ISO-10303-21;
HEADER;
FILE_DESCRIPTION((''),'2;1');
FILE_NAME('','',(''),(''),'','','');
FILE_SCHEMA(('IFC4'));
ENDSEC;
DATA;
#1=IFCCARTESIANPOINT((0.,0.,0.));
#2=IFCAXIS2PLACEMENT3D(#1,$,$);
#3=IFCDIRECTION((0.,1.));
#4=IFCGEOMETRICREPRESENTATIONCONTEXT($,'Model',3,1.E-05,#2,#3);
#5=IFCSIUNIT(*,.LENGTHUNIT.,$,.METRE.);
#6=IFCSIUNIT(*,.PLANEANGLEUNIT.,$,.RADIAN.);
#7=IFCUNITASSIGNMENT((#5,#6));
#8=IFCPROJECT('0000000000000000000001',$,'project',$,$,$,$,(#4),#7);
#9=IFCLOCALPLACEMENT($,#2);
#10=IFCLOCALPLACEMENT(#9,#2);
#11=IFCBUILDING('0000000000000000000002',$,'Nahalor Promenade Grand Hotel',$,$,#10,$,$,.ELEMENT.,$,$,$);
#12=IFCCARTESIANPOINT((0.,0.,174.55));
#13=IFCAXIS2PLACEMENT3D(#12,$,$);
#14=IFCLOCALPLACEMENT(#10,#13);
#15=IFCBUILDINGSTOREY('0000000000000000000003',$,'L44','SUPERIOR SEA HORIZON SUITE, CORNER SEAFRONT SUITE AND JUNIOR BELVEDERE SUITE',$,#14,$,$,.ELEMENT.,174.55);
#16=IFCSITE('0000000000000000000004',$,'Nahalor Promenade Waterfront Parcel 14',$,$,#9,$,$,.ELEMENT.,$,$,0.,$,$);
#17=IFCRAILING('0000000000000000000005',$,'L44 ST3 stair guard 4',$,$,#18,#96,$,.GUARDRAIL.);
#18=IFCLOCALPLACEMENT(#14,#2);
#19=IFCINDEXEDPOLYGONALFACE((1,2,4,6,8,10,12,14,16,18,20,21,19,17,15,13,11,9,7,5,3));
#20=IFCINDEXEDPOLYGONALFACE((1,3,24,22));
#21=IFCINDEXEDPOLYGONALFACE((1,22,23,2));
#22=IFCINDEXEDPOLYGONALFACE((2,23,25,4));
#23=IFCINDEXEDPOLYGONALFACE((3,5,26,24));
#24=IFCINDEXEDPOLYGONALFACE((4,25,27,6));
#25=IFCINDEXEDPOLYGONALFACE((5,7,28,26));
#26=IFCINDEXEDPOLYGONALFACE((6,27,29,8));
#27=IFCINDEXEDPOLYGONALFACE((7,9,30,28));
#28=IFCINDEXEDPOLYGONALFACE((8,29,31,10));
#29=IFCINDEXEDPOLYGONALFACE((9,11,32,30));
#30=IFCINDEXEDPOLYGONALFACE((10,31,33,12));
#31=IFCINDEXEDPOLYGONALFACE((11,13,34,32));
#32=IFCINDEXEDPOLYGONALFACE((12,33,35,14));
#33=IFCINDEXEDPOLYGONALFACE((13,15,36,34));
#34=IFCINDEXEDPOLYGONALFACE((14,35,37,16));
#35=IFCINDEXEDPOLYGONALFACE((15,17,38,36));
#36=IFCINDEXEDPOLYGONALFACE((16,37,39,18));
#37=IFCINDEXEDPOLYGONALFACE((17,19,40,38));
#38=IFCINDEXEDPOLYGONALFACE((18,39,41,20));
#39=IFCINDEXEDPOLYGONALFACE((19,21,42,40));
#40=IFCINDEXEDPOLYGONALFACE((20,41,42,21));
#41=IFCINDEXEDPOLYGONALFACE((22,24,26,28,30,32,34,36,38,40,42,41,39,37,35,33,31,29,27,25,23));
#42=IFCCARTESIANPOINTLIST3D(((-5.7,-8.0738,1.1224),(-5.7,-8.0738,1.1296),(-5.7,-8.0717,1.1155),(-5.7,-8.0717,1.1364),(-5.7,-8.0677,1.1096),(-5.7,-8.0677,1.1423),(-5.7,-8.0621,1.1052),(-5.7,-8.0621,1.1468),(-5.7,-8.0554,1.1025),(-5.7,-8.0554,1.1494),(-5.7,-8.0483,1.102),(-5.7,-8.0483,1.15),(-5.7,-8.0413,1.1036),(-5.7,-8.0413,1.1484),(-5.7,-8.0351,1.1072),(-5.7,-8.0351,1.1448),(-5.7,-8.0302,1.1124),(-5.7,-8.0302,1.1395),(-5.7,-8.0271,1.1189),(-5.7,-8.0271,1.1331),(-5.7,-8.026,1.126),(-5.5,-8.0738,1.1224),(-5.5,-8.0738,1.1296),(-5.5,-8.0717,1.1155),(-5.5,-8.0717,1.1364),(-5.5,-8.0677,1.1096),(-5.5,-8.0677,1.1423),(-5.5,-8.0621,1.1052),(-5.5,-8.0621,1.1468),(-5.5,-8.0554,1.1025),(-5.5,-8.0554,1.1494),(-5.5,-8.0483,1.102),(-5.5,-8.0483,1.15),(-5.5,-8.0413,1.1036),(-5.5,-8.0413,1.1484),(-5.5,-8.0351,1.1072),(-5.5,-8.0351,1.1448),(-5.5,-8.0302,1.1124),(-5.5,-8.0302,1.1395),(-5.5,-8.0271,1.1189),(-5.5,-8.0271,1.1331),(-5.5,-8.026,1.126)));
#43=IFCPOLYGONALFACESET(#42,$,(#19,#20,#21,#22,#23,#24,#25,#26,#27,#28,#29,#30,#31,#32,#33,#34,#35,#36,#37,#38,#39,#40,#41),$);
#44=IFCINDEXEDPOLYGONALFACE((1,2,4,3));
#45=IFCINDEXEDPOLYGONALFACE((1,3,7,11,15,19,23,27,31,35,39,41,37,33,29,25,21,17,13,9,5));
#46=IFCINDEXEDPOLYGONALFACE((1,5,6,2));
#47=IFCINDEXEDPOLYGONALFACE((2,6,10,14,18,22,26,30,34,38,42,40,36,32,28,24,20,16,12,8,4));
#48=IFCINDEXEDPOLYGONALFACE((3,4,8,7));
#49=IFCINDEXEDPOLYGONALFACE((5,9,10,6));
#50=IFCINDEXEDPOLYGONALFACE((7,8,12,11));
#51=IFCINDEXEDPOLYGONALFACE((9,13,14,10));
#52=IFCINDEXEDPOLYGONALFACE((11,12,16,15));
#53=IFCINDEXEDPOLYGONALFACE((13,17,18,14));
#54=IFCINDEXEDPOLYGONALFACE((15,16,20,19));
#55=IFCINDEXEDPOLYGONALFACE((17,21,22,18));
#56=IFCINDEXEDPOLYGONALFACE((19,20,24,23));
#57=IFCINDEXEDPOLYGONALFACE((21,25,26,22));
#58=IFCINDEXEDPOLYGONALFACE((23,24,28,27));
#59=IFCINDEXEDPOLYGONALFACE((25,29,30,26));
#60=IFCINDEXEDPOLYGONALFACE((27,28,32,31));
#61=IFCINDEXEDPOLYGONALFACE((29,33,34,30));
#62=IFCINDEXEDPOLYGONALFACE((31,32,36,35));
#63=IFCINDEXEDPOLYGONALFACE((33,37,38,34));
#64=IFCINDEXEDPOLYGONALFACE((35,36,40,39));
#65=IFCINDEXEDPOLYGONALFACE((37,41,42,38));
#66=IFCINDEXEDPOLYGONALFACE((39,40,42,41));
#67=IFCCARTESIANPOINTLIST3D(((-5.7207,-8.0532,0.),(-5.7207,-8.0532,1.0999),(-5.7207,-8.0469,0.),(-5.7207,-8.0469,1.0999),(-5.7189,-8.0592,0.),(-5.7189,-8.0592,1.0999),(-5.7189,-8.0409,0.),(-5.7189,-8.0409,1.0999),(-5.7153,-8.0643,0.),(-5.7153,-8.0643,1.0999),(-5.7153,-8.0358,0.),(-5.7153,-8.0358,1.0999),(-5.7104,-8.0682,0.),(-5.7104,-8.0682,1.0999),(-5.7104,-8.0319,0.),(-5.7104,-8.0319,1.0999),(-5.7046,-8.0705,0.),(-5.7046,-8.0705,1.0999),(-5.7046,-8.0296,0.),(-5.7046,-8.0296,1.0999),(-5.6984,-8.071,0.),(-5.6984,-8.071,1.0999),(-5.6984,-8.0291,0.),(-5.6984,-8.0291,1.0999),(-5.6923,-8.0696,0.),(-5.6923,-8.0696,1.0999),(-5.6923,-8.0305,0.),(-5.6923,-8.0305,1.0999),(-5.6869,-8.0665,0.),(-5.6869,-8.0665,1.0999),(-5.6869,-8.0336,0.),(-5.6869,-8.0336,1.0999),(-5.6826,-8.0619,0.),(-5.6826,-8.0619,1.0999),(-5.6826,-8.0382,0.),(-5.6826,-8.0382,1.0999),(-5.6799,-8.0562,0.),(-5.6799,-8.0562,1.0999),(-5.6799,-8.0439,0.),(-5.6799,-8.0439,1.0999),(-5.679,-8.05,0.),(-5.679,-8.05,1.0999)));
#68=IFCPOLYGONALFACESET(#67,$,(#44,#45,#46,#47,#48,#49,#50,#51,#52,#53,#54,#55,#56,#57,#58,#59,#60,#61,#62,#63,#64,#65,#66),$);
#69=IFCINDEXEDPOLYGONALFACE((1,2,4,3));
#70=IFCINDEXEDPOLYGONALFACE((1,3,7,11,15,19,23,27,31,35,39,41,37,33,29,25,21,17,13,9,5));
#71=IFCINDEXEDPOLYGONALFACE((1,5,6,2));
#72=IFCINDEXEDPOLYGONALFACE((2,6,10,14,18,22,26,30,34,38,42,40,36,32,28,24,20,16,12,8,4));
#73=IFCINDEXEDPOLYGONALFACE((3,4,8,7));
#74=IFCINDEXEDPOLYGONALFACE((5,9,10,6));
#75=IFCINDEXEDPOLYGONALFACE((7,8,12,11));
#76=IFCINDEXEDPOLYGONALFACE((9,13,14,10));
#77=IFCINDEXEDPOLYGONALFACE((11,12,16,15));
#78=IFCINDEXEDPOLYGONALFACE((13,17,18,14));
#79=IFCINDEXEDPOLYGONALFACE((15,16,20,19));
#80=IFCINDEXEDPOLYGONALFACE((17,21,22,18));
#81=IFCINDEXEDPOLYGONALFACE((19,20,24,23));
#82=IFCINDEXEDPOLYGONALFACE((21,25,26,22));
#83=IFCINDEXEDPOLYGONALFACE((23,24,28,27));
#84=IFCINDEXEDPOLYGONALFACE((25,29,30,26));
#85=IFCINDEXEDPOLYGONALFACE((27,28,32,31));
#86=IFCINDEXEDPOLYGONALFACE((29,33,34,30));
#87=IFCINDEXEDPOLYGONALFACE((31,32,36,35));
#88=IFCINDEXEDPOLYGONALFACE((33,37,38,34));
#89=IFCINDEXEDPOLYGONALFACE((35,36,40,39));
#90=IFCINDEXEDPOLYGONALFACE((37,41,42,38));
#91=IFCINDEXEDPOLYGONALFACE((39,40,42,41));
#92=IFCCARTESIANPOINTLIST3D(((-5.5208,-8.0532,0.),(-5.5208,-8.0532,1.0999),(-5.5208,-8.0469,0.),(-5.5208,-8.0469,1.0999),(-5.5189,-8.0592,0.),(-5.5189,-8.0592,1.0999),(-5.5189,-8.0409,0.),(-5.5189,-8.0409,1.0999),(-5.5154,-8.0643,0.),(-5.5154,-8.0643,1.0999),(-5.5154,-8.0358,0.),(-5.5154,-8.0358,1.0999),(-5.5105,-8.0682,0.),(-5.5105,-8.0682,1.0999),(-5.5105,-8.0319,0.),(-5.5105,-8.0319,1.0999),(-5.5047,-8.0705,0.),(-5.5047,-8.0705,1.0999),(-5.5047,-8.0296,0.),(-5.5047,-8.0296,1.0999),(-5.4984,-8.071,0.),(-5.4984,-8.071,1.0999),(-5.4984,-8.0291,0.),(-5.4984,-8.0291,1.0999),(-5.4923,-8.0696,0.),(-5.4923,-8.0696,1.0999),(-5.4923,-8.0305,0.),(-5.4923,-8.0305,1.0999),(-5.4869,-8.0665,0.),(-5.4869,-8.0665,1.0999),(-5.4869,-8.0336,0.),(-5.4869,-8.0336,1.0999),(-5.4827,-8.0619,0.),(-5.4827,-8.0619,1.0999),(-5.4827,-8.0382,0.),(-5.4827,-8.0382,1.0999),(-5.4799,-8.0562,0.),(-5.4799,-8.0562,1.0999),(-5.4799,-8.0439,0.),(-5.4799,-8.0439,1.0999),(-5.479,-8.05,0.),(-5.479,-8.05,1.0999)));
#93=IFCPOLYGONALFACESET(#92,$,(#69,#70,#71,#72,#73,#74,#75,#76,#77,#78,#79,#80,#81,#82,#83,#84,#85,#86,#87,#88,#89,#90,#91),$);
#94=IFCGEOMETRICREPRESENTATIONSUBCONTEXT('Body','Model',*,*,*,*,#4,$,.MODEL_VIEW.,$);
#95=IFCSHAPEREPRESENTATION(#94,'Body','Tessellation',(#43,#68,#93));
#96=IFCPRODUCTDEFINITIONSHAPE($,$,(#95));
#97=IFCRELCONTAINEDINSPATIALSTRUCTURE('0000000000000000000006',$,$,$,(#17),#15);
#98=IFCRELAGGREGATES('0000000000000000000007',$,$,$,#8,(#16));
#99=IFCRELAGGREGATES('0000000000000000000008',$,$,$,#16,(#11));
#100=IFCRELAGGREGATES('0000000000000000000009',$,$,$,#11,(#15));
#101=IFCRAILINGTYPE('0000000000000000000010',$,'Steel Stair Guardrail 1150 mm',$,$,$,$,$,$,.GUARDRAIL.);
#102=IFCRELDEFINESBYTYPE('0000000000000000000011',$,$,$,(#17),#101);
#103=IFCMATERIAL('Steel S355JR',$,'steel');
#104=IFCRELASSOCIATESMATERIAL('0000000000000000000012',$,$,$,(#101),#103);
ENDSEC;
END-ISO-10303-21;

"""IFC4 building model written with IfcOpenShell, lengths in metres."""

from ifc_helpers import new_model, si_unit, direction, frame, origin, origin_2d, place, context, subcontext, project, spatial, circle, extrude, material, type_object, element, save


model = new_model("IFC4")

# Units and contexts
model_context = context("Model", 3, precision=1e-05, world=origin(), true_north=direction((0.0, 1.0)))
body_context = subcontext(model_context, "Body", "Model", "MODEL_VIEW")
ifc_project = project(units=[si_unit("LENGTHUNIT", "METRE"), si_unit("PLANEANGLEUNIT", "RADIAN")], contexts=[model_context])

# Site, building, storey
site_placement = place(None, origin())
site = spatial("IfcSite", under=ifc_project, at=site_placement, Name="Nahalor Promenade Waterfront Parcel 14", CompositionType="ELEMENT", RefElevation=0.0)
building_placement = place(site_placement, origin())
building = spatial("IfcBuilding", under=site, at=building_placement, Name="Nahalor Promenade Grand Hotel", CompositionType="ELEMENT")
storey_placement = place(building_placement, frame((0.0, 0.0, 174.55)))
storey = spatial("IfcBuildingStorey", under=building, at=storey_placement, Name="L44", Description="SUPERIOR SEA HORIZON SUITE, CORNER SEAFRONT SUITE AND JUNIOR BELVEDERE SUITE", CompositionType="ELEMENT", Elevation=174.55)

# Shared definitions
ifc_material_1 = material(Name="Steel S355JR", Category="steel")

# Railing
railing_type_1 = type_object("IfcRailingType", Name="Steel Stair Guardrail 1150 mm", PredefinedType="GUARDRAIL", material=ifc_material_1)
railing_1_placement = place(storey_placement, frame((-5.7, -8.05, 0.0)))
element("IfcRailing", 1, at=railing_1_placement, inside=storey, type_object=railing_type_1, Name="L44 ST3 stair guard 4", PredefinedType="GUARDRAIL", context=body_context, shape_type="SweptSolid", body=[
    extrude(circle(Radius=0.024, at=origin_2d()), frame((0.0, 0.0, 1.126), z_axis=(1.0, 0.0, 0.0), x_axis=(0.0, 1.0, 0.0)), (0.0, 0.0, 1.0), 0.2),
    extrude(circle(Radius=0.021, at=origin_2d()), origin(), (0.0, 0.0, 1.0), 1.0999),
    extrude(circle(Radius=0.021, at=origin_2d()), frame((0.2, 0.0, 0.0)), (0.0, 0.0, 1.0), 1.0999),
])

save(model, "model.ifc")
